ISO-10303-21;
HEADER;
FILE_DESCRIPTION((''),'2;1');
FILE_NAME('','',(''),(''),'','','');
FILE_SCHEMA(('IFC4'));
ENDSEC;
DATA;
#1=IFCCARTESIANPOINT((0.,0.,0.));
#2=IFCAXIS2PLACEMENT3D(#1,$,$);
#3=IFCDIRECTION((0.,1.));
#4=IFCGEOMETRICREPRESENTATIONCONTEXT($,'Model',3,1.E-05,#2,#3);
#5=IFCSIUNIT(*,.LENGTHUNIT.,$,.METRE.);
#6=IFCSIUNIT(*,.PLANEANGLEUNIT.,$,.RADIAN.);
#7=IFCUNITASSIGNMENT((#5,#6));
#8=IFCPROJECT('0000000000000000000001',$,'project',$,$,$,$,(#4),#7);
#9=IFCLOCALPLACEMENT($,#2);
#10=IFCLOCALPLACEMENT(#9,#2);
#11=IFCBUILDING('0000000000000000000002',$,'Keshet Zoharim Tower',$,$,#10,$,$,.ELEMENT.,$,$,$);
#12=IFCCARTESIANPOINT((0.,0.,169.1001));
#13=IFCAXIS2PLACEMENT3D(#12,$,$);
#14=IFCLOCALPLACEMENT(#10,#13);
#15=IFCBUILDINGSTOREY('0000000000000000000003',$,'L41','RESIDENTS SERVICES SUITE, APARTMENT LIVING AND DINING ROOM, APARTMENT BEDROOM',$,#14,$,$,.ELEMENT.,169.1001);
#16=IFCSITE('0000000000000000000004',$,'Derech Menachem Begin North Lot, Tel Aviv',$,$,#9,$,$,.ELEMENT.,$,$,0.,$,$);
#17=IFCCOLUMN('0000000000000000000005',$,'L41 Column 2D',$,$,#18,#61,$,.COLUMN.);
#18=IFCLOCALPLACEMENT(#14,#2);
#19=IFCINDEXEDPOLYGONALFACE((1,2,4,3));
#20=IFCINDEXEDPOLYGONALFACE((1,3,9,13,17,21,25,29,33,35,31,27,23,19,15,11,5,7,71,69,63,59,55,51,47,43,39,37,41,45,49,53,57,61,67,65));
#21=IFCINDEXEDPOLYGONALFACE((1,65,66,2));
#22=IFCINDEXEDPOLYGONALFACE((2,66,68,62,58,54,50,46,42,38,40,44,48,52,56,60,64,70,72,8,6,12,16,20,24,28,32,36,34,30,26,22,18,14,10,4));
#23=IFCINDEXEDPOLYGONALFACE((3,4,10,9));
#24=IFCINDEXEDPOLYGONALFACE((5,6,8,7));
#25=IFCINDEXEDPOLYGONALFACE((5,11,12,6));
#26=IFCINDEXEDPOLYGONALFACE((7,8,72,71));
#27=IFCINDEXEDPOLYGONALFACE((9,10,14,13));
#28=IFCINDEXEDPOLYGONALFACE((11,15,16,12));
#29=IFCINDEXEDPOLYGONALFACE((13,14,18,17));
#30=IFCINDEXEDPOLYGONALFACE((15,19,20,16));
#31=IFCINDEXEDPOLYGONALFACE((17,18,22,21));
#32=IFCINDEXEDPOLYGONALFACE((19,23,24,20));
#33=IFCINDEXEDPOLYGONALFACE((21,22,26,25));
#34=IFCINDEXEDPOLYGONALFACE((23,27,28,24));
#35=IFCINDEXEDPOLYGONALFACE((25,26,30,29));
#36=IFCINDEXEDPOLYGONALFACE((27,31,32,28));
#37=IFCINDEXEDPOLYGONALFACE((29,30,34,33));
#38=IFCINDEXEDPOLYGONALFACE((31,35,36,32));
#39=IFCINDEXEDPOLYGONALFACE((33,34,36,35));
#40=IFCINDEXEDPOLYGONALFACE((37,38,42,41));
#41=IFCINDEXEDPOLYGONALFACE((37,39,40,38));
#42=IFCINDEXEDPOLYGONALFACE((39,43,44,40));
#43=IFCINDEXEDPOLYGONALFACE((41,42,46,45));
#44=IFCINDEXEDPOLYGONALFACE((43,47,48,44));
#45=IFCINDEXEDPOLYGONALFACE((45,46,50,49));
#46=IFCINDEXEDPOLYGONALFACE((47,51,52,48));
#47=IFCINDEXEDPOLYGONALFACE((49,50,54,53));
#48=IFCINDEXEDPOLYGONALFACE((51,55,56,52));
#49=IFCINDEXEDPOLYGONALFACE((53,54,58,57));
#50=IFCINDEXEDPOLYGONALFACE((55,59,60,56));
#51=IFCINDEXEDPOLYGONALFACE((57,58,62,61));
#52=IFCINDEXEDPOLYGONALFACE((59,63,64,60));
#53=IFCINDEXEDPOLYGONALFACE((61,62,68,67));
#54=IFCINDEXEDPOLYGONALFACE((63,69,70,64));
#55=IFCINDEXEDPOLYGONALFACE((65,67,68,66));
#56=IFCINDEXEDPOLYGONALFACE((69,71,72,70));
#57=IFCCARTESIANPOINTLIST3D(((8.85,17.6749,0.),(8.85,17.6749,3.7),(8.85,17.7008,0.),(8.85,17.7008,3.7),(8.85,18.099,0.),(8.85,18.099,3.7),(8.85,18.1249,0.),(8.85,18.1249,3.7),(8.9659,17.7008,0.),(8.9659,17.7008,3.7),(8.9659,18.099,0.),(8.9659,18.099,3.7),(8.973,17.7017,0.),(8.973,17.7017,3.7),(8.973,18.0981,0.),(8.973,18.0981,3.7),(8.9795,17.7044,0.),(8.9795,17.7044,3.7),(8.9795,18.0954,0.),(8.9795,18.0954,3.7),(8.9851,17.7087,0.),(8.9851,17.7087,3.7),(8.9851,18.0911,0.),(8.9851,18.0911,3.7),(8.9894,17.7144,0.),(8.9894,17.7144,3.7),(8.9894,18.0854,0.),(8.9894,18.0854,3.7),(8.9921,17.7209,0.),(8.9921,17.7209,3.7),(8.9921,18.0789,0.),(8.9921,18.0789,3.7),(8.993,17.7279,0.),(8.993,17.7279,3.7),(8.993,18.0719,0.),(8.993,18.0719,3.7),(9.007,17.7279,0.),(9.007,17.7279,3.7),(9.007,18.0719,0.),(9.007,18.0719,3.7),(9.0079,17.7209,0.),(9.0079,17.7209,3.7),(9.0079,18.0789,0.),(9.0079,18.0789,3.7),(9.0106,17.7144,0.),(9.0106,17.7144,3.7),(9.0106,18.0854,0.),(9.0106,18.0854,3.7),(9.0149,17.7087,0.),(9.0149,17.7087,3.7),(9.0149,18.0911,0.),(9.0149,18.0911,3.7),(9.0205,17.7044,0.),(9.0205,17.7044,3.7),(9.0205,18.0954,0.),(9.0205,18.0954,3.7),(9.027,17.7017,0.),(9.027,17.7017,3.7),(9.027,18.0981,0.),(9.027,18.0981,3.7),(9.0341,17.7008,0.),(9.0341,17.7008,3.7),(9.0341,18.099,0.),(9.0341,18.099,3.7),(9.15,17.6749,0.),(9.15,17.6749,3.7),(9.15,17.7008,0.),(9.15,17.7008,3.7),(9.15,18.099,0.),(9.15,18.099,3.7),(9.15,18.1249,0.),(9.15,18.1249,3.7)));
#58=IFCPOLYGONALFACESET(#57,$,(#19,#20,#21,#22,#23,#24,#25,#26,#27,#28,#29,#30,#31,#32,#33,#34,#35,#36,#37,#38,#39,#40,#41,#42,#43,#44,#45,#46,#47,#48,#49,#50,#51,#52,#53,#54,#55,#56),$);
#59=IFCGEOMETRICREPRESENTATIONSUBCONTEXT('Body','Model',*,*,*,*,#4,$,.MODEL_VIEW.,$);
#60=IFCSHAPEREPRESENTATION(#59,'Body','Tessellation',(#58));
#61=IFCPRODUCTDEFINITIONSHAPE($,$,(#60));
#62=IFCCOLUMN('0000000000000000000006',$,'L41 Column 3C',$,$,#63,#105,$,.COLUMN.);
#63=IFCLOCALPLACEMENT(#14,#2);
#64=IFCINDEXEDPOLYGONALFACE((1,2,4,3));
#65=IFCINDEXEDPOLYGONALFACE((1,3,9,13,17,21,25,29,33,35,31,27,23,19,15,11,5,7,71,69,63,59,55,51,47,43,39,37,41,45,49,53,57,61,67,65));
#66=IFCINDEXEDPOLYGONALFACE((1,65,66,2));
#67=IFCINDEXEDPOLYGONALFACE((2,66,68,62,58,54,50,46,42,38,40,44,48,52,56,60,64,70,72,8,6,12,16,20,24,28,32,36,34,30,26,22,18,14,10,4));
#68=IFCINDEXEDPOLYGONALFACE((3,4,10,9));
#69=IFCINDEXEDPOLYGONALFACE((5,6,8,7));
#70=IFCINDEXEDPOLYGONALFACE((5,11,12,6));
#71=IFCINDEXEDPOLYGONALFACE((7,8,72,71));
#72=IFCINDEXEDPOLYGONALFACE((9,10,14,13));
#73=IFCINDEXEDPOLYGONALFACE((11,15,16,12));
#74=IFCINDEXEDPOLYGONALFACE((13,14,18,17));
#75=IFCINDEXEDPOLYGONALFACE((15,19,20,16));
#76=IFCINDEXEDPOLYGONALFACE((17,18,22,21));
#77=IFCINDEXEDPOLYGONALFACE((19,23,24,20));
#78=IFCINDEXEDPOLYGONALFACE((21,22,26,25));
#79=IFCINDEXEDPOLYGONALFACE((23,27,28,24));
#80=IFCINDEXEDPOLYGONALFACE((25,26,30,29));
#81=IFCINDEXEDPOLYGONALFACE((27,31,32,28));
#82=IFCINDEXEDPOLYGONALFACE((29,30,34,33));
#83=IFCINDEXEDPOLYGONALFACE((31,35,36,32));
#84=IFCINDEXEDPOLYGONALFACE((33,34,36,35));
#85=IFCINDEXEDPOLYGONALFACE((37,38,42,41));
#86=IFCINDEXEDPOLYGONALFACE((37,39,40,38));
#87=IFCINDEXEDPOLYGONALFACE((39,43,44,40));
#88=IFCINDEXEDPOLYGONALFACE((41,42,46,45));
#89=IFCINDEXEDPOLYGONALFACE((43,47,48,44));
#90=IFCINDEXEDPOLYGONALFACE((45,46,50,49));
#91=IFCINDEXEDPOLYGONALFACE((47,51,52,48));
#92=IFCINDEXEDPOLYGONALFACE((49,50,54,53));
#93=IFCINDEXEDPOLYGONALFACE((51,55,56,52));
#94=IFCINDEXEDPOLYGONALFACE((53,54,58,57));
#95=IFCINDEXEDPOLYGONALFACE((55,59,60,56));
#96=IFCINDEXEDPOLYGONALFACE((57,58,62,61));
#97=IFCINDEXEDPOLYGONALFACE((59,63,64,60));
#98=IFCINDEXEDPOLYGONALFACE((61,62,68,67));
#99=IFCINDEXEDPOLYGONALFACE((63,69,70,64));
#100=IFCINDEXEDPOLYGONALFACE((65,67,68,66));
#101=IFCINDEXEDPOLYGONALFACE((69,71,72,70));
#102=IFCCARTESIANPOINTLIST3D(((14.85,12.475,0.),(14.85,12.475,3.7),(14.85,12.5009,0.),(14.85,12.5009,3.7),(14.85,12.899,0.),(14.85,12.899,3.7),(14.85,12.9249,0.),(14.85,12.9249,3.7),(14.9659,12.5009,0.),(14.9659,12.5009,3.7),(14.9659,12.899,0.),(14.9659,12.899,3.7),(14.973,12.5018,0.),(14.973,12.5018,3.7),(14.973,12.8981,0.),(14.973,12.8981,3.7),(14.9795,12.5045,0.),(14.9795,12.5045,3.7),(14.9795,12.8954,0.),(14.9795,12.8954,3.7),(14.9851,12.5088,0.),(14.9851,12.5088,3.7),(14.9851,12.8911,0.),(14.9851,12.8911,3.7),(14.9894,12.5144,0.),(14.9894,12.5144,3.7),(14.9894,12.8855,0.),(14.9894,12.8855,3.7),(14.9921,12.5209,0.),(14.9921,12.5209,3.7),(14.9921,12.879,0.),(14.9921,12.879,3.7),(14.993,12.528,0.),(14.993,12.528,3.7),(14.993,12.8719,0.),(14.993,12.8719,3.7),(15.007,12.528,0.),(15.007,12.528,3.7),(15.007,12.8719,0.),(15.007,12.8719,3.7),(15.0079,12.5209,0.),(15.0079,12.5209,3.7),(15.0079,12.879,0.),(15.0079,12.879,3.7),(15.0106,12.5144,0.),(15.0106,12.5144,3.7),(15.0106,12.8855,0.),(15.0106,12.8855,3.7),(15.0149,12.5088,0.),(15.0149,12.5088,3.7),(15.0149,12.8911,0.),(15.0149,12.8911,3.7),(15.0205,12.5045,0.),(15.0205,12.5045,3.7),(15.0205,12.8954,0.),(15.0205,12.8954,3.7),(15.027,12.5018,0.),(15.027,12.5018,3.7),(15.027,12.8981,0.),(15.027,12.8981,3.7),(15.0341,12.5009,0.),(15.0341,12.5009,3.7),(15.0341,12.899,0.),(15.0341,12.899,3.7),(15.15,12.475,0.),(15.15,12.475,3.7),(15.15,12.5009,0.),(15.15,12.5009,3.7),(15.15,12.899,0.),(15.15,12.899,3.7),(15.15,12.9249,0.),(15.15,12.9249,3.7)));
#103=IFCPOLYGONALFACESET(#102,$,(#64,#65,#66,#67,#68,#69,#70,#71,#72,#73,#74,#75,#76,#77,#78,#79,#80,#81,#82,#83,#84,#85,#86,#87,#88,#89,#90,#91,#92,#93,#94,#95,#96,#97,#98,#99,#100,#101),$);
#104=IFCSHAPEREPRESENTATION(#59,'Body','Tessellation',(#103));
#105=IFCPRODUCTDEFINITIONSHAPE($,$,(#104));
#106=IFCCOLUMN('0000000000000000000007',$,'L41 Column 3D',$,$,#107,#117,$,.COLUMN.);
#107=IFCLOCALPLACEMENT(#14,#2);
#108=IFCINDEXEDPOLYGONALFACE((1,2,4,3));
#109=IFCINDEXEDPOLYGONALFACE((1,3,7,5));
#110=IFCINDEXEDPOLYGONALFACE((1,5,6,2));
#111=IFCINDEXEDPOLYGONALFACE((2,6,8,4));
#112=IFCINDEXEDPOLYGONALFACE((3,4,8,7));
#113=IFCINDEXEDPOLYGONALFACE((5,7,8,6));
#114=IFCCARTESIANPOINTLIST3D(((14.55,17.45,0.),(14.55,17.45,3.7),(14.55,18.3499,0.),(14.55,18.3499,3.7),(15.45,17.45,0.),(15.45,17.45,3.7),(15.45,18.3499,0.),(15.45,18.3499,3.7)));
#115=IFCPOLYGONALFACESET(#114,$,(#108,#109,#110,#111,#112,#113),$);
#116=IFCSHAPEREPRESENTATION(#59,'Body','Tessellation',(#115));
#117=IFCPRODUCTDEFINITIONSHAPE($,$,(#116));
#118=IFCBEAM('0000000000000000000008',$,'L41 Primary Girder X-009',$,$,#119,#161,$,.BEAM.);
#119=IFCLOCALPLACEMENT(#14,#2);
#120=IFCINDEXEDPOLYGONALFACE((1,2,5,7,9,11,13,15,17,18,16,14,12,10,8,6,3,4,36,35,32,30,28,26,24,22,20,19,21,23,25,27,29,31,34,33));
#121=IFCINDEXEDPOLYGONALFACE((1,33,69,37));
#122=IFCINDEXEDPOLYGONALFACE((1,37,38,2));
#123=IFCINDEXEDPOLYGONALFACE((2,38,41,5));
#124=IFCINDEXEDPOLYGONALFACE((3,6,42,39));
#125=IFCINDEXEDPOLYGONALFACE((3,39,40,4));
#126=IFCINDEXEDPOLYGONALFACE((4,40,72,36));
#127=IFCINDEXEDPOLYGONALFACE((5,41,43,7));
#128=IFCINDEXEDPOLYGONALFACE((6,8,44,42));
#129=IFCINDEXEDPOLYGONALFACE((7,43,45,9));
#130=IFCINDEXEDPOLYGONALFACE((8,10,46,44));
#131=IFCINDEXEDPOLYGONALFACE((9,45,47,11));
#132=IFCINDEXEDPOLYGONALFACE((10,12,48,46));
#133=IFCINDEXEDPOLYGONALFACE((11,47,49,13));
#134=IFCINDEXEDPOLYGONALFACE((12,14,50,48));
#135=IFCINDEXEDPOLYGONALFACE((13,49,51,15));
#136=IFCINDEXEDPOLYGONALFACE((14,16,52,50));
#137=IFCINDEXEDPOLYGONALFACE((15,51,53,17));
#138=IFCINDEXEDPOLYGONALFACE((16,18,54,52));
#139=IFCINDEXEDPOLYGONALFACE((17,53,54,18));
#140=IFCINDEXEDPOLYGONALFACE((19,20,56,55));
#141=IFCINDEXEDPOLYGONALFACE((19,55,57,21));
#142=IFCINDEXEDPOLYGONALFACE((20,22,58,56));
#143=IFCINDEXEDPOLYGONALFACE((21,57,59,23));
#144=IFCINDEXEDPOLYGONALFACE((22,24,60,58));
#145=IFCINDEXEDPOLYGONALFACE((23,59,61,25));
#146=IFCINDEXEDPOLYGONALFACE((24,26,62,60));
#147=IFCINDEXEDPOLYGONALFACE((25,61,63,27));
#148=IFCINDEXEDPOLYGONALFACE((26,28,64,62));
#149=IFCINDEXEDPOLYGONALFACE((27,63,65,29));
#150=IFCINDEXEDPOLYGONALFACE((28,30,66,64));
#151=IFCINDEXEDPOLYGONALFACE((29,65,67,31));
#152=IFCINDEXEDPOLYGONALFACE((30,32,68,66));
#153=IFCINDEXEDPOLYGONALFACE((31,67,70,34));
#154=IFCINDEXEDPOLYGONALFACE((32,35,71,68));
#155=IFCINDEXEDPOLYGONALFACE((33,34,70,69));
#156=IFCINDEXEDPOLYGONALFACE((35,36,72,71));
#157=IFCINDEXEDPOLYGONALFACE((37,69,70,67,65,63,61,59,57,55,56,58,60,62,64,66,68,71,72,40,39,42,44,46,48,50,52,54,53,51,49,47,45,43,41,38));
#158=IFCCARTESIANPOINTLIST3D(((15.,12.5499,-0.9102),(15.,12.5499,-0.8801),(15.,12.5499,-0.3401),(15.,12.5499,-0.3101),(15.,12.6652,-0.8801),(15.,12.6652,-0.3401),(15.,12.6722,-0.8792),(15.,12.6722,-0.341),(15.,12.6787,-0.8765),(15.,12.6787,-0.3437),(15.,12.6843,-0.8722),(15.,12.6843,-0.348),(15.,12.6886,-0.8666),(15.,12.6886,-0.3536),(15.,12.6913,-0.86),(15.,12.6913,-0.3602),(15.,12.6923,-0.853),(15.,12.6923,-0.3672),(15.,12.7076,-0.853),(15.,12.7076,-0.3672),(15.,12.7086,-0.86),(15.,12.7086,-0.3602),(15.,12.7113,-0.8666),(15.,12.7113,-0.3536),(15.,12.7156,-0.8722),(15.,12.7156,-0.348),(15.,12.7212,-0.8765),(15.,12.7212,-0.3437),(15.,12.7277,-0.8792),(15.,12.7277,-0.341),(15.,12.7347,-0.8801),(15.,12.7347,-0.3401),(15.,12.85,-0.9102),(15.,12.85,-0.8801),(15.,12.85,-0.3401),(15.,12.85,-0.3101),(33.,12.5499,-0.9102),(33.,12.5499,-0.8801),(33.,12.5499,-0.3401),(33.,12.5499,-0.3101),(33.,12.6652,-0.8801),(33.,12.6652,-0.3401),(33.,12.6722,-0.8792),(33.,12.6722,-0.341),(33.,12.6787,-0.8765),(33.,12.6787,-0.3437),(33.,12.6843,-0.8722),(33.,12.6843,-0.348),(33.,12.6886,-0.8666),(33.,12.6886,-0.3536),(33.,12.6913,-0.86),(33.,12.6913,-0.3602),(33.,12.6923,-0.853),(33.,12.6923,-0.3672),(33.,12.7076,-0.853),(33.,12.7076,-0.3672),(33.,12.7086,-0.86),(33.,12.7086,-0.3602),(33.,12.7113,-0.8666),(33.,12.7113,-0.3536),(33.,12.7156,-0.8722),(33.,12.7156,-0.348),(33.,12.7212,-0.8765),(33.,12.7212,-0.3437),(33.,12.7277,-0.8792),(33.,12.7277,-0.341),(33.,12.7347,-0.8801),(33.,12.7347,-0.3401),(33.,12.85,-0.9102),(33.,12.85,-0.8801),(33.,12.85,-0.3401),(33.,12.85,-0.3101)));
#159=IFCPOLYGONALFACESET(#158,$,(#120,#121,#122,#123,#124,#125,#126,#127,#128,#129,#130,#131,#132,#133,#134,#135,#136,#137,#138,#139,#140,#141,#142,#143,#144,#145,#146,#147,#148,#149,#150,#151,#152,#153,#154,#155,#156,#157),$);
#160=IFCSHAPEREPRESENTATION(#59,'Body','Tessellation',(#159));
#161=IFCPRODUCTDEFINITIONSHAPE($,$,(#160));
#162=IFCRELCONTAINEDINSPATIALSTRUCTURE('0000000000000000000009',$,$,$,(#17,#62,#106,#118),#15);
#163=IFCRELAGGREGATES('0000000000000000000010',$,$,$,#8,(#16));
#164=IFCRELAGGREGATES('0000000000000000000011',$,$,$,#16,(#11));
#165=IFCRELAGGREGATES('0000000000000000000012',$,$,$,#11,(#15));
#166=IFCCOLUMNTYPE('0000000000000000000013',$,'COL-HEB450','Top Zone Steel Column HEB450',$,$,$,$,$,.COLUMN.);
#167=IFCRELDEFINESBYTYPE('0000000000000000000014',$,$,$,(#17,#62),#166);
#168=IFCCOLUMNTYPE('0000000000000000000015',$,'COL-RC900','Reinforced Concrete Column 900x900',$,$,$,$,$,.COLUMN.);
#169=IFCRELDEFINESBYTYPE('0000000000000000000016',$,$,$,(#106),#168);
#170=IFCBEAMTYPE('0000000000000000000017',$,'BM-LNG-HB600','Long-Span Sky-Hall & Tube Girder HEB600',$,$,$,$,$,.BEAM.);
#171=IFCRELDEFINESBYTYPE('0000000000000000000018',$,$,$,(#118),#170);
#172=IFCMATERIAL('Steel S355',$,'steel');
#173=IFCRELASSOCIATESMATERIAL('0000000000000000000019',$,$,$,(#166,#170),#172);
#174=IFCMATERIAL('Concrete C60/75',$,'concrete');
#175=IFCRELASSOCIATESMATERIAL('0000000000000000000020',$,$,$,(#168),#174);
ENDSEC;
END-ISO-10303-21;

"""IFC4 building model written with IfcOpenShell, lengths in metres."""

from ifc_helpers import new_model, si_unit, direction, frame, origin, origin_2d, place, context, subcontext, project, spatial, rectangle, i_section, extrude, material, material_profile, profile_set, type_object, element, save


model = new_model("IFC4")

# Units and contexts
model_context = context("Model", 3, precision=1e-05, world=origin(), true_north=direction((0.0, 1.0)))
body_context = subcontext(model_context, "Body", "Model", "MODEL_VIEW")
ifc_project = project(units=[si_unit("LENGTHUNIT", "METRE"), si_unit("PLANEANGLEUNIT", "RADIAN")], contexts=[model_context])

# Site, building, storey
site_placement = place(None, origin())
site = spatial("IfcSite", under=ifc_project, at=site_placement, Name="Derech Menachem Begin North Lot, Tel Aviv", CompositionType="ELEMENT", RefElevation=0.0)
building_placement = place(site_placement, origin())
building = spatial("IfcBuilding", under=site, at=building_placement, Name="Keshet Zoharim Tower", CompositionType="ELEMENT")
storey_placement = place(building_placement, frame((0.0, 0.0, 169.1001)))
storey = spatial("IfcBuildingStorey", under=building, at=storey_placement, Name="L41", Description="RESIDENTS SERVICES SUITE, APARTMENT LIVING AND DINING ROOM, APARTMENT BEDROOM", CompositionType="ELEMENT", Elevation=169.1001)

# Columns
ifc_material_1 = material(Name="Steel S355", Category="steel")
ifc_material_profile_1 = material_profile(ifc_material_1, i_section(OverallWidth=0.3, OverallDepth=0.45, WebThickness=0.0139, FlangeThickness=0.0259, FilletRadius=0.0271, at=origin_2d()), Name="HEB450")
ifc_profile_set_1 = profile_set([ifc_material_profile_1], Name="Steel S355")
column_type_1 = type_object("IfcColumnType", Name="COL-HEB450", Description="Top Zone Steel Column HEB450", PredefinedType="COLUMN", material=ifc_profile_set_1)
for number, where, z_axis, x_axis, name in (
    (1, (9.0, 17.8999, 0.0), (0.0, 0.0, 1.0), (1.0, 0.0, 0.0), "L41 Column 2D"),
    (2, (15.0, 12.7, 0.0), (0.0, 0.0, 1.0), (1.0, 0.0, 0.0), "L41 Column 3C"),
):
    element("IfcColumn", number, at=place(storey_placement, frame(where, z_axis=z_axis, x_axis=x_axis)), inside=storey, type_object=column_type_1, Name=name, PredefinedType="COLUMN", context=body_context, shape_type="SweptSolid", body=[
        extrude(i_section(OverallWidth=0.3, OverallDepth=0.45, WebThickness=0.0139, FlangeThickness=0.0259, FilletRadius=0.0271, at=origin_2d()), origin(), (0.0, 0.0, 1.0), 3.7),
    ])
ifc_material_2 = material(Name="Concrete C60/75", Category="concrete")
ifc_material_profile_2 = material_profile(ifc_material_2, rectangle(XDim=0.8999, YDim=0.8999, at=origin_2d()), Name="RC900x900")
ifc_profile_set_2 = profile_set([ifc_material_profile_2], Name="Concrete C60/75")
column_type_2 = type_object("IfcColumnType", Name="COL-RC900", Description="Reinforced Concrete Column 900x900", PredefinedType="COLUMN", material=ifc_profile_set_2)
column_placement = place(storey_placement, frame((15.0, 17.8999, 0.0), z_axis=(0.0, 0.0, 1.0), x_axis=(1.0, 0.0, 0.0)))
element("IfcColumn", 3, at=column_placement, inside=storey, type_object=column_type_2, Name="L41 Column 3D", PredefinedType="COLUMN", context=body_context, shape_type="SweptSolid", body=[
    extrude(rectangle(XDim=0.8999, YDim=0.8999, at=origin_2d()), origin(), (0.0, 0.0, 1.0), 3.7),
])

# Beam
ifc_material_profile_3 = material_profile(ifc_material_1, i_section(OverallWidth=0.3, OverallDepth=0.6001, WebThickness=0.0154, FlangeThickness=0.03, FilletRadius=0.0271, at=origin_2d()), Name="HEB600")
ifc_profile_set_3 = profile_set([ifc_material_profile_3], Name="Steel S355")
beam_type_1 = type_object("IfcBeamType", Name="BM-LNG-HB600", Description="Long-Span Sky-Hall & Tube Girder HEB600", PredefinedType="BEAM", material=ifc_profile_set_3)
for number, where, z_axis, x_axis, name in (
    (4, (15.0, 12.7, -0.6101), (1.0, 0.0, 0.0), (0.0, 1.0, 0.0), "L41 Primary Girder X-009"),
):
    element("IfcBeam", number, at=place(storey_placement, frame(where, z_axis=z_axis, x_axis=x_axis)), inside=storey, type_object=beam_type_1, Name=name, PredefinedType="BEAM", context=body_context, shape_type="SweptSolid", body=[
        extrude(i_section(OverallWidth=0.3, OverallDepth=0.6001, WebThickness=0.0154, FlangeThickness=0.03, FilletRadius=0.0271, at=origin_2d()), origin(), (0.0, 0.0, 1.0), 18.0),
    ])

save(model, "model.ifc")
